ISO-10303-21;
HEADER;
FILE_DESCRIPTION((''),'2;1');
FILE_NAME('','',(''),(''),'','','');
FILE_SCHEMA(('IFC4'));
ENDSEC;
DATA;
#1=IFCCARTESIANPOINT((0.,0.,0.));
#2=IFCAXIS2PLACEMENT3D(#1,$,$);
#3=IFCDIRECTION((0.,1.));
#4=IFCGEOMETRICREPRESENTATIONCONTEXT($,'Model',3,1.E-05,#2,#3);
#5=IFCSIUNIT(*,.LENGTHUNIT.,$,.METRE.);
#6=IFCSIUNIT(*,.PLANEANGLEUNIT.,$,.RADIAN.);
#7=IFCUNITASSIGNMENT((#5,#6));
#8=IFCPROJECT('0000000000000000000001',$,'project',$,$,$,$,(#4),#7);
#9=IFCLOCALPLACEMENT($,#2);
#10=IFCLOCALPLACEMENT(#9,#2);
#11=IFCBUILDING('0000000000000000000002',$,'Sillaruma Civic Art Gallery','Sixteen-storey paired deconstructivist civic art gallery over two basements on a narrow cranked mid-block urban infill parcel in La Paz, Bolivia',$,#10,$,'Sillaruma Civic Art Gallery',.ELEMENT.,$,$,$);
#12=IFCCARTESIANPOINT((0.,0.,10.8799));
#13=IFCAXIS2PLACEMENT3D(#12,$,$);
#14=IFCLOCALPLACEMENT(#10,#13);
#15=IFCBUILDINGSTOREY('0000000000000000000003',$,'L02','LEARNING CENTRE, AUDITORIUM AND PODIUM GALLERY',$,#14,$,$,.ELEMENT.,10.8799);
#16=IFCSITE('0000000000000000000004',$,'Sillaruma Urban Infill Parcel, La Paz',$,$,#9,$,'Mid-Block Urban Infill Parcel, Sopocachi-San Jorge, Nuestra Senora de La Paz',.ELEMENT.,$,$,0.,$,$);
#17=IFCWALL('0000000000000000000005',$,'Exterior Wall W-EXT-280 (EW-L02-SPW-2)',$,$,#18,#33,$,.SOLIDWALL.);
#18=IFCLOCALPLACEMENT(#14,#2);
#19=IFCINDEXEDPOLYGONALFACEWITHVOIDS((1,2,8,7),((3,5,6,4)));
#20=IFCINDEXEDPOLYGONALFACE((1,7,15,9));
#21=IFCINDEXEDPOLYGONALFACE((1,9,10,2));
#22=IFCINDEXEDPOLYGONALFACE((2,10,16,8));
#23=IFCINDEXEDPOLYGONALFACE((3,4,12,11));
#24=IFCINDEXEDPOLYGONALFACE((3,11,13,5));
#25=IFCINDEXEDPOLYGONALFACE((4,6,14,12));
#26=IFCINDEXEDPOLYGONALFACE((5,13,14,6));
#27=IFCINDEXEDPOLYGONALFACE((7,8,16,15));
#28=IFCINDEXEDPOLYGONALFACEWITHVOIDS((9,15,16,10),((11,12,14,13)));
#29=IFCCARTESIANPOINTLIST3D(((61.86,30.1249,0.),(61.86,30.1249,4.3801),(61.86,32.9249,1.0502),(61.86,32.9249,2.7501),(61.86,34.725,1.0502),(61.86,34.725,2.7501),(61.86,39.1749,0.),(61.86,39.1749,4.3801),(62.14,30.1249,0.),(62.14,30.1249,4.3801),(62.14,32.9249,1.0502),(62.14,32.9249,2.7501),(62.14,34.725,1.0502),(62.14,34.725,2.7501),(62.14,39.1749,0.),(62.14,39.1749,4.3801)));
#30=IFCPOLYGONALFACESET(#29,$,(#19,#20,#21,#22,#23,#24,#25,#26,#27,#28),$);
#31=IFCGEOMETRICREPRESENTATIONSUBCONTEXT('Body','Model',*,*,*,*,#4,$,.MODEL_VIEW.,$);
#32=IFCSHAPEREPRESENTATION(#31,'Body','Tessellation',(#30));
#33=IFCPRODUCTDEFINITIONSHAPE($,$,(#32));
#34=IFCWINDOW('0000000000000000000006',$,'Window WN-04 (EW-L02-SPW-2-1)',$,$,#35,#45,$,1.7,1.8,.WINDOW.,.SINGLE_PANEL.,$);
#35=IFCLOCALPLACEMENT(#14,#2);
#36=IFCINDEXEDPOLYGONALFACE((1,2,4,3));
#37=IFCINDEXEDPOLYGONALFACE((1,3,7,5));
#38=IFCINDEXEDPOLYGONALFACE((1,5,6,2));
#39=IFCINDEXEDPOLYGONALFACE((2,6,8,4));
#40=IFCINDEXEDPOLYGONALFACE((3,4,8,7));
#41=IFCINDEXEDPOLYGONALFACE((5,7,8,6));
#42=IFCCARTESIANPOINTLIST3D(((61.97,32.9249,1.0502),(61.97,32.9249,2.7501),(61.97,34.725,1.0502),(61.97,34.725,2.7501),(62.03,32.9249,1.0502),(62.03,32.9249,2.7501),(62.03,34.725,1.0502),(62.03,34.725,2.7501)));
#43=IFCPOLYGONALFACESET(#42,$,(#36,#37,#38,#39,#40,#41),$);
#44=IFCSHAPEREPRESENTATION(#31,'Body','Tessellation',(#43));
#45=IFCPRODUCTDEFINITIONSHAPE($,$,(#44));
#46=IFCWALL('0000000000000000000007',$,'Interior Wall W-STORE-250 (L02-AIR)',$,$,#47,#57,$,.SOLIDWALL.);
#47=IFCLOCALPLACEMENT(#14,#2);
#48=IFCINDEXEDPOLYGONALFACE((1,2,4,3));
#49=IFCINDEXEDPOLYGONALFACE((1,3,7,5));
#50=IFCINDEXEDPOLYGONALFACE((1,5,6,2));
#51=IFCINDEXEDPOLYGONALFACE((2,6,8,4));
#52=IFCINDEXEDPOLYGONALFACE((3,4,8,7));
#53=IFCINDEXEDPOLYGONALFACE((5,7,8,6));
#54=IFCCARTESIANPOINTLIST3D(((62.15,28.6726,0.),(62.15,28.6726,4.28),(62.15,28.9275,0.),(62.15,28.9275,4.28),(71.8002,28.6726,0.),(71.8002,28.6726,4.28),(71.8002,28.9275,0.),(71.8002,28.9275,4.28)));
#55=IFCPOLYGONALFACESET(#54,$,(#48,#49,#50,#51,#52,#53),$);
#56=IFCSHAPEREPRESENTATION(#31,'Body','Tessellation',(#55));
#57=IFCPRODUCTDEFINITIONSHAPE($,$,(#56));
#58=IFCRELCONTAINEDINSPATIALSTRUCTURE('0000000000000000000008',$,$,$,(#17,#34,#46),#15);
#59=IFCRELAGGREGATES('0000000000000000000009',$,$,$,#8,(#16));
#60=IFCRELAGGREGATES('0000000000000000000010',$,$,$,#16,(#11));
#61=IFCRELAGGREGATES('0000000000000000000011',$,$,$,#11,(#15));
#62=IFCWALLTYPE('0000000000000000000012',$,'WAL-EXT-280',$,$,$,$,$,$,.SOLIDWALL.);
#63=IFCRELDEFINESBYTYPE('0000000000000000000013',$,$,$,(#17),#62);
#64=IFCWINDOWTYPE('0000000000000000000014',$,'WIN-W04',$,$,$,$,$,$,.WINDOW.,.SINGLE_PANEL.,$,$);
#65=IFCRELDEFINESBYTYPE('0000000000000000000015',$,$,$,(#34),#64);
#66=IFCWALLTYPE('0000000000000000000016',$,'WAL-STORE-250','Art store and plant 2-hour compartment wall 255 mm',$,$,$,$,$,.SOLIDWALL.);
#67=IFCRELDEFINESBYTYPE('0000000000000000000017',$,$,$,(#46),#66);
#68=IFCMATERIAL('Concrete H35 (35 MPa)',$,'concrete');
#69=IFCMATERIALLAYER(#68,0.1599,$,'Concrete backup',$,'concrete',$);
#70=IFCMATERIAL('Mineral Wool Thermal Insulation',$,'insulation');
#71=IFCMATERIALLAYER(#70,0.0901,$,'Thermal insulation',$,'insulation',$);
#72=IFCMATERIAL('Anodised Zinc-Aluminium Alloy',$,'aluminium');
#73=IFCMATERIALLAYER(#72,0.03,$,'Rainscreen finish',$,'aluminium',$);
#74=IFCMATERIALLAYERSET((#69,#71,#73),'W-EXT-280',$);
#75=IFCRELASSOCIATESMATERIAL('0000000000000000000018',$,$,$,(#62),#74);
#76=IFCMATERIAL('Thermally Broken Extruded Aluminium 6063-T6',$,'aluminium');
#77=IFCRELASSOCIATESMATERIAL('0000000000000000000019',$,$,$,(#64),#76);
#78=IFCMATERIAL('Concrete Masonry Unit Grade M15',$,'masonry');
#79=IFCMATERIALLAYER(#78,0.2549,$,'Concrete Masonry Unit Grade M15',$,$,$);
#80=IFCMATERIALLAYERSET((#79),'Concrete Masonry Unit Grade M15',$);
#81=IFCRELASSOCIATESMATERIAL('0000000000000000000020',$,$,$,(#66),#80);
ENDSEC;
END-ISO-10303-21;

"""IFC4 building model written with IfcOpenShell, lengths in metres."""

from ifc_helpers import new_model, si_unit, direction, frame, frame_2d, origin, place, context, subcontext, project, spatial, rectangle, extrude, material, layer, layer_set, type_object, element, fill, save


model = new_model("IFC4")

# Units and contexts
model_context = context("Model", 3, precision=1e-05, world=origin(), true_north=direction((0.0, 1.0)))
body_context = subcontext(model_context, "Body", "Model", "MODEL_VIEW")
ifc_project = project(units=[si_unit("LENGTHUNIT", "METRE"), si_unit("PLANEANGLEUNIT", "RADIAN")], contexts=[model_context])

# Site, building, storey
site_placement = place(None, origin())
site = spatial("IfcSite", under=ifc_project, at=site_placement, Name="Sillaruma Urban Infill Parcel, La Paz", LongName="Mid-Block Urban Infill Parcel, Sopocachi-San Jorge, Nuestra Senora de La Paz", CompositionType="ELEMENT", RefElevation=0.0)
building_placement = place(site_placement, origin())
building = spatial("IfcBuilding", under=site, at=building_placement, Name="Sillaruma Civic Art Gallery", Description="Sixteen-storey paired deconstructivist civic art gallery over two basements on a narrow cranked mid-block urban infill parcel in La Paz, Bolivia", LongName="Sillaruma Civic Art Gallery", CompositionType="ELEMENT")
storey_placement = place(building_placement, frame((0.0, 0.0, 10.8799)))
storey = spatial("IfcBuildingStorey", under=building, at=storey_placement, Name="L02", Description="LEARNING CENTRE, AUDITORIUM AND PODIUM GALLERY", CompositionType="ELEMENT", Elevation=10.8799)

# Shared definitions
ifc_material_1 = material(Name="Concrete H35 (35 MPa)", Category="concrete")

# Shared definitions
ifc_material_2 = material(Name="Thermally Broken Extruded Aluminium 6063-T6", Category="aluminium")

# Wall, opening, window
ifc_layer_1 = layer(ifc_material_1, 0.1599, Name="Concrete backup", Category="concrete")
ifc_material_3 = material(Name="Mineral Wool Thermal Insulation", Category="insulation")
ifc_layer_2 = layer(ifc_material_3, 0.0901, Name="Thermal insulation", Category="insulation")
ifc_material_4 = material(Name="Anodised Zinc-Aluminium Alloy", Category="aluminium")
ifc_layer_3 = layer(ifc_material_4, 0.03, Name="Rainscreen finish", Category="aluminium")
ifc_layer_set_1 = layer_set([ifc_layer_1, ifc_layer_2, ifc_layer_3], Name="W-EXT-280")
wall_type_1 = type_object("IfcWallType", Name="WAL-EXT-280", PredefinedType="SOLIDWALL", material=ifc_layer_set_1)
wall_1_placement = place(storey_placement, frame((62.0, 30.125, 0.0), z_axis=(0.0, 0.0, 1.0), x_axis=(0.0, 1.0, 0.0)))
wall_1 = element("IfcWall", 1, at=wall_1_placement, inside=storey, type_object=wall_type_1, Name="Exterior Wall W-EXT-280 (EW-L02-SPW-2)", PredefinedType="SOLIDWALL", context=body_context, shape_type="SweptSolid", body=[
    extrude(rectangle(XDim=9.05, YDim=0.28, at=frame_2d((4.5249, 0.0))), origin(), (0.0, 0.0, 1.0), 4.3801),
])
opening_1_placement = place(wall_1_placement, frame((2.8, 0.0, 1.05)))
opening_1 = element("IfcOpeningElement", 2, at=opening_1_placement, cuts=wall_1, PredefinedType="OPENING", context=body_context, shape_type="SweptSolid", body=[
    extrude(rectangle(XDim=1.8, YDim=1.7, at=frame_2d((0.8999, 0.8501))), frame((0.0, 0.1499, 0.0), z_axis=(0.0, -1.0, 0.0), x_axis=(1.0, 0.0, 0.0)), (0.0, 0.0, 1.0), 0.3),
])
window_type_1 = type_object("IfcWindowType", Name="WIN-W04", PartitioningType="SINGLE_PANEL", PredefinedType="WINDOW", material=ifc_material_2)
window_1_placement = place(opening_1_placement, origin())
window_1 = element("IfcWindow", 3, at=window_1_placement, inside=storey, type_object=window_type_1, Name="Window WN-04 (EW-L02-SPW-2-1)", OverallHeight=1.7, OverallWidth=1.8, PartitioningType="SINGLE_PANEL", PredefinedType="WINDOW", context=body_context, shape_type="SweptSolid", body=[
    extrude(rectangle(XDim=1.8, YDim=1.7, at=frame_2d((0.8999, 0.8501))), frame((0.0, 0.03, 0.0), z_axis=(0.0, -1.0, 0.0), x_axis=(1.0, 0.0, 0.0)), (0.0, 0.0, 1.0), 0.0601),
])
fill(opening_1, window_1)

# Wall
ifc_material_5 = material(Name="Concrete Masonry Unit Grade M15", Category="masonry")
ifc_layer_4 = layer(ifc_material_5, 0.2549, Name="Concrete Masonry Unit Grade M15")
ifc_layer_set_2 = layer_set([ifc_layer_4], Name="Concrete Masonry Unit Grade M15")
wall_type_2 = type_object("IfcWallType", Name="WAL-STORE-250", Description="Art store and plant 2-hour compartment wall 255 mm", PredefinedType="SOLIDWALL", material=ifc_layer_set_2)
wall_2_placement = place(storey_placement, frame((62.1499, 28.8, 0.0), z_axis=(0.0, 0.0, 1.0), x_axis=(1.0, 0.0, 0.0)))
element("IfcWall", 4, at=wall_2_placement, inside=storey, type_object=wall_type_2, Name="Interior Wall W-STORE-250 (L02-AIR)", PredefinedType="SOLIDWALL", context=body_context, shape_type="SweptSolid", body=[
    extrude(rectangle(XDim=9.6501, YDim=0.2549, at=frame_2d((4.8252, 0.0))), origin(), (0.0, 0.0, 1.0), 4.28),
])

save(model, "model.ifc")
